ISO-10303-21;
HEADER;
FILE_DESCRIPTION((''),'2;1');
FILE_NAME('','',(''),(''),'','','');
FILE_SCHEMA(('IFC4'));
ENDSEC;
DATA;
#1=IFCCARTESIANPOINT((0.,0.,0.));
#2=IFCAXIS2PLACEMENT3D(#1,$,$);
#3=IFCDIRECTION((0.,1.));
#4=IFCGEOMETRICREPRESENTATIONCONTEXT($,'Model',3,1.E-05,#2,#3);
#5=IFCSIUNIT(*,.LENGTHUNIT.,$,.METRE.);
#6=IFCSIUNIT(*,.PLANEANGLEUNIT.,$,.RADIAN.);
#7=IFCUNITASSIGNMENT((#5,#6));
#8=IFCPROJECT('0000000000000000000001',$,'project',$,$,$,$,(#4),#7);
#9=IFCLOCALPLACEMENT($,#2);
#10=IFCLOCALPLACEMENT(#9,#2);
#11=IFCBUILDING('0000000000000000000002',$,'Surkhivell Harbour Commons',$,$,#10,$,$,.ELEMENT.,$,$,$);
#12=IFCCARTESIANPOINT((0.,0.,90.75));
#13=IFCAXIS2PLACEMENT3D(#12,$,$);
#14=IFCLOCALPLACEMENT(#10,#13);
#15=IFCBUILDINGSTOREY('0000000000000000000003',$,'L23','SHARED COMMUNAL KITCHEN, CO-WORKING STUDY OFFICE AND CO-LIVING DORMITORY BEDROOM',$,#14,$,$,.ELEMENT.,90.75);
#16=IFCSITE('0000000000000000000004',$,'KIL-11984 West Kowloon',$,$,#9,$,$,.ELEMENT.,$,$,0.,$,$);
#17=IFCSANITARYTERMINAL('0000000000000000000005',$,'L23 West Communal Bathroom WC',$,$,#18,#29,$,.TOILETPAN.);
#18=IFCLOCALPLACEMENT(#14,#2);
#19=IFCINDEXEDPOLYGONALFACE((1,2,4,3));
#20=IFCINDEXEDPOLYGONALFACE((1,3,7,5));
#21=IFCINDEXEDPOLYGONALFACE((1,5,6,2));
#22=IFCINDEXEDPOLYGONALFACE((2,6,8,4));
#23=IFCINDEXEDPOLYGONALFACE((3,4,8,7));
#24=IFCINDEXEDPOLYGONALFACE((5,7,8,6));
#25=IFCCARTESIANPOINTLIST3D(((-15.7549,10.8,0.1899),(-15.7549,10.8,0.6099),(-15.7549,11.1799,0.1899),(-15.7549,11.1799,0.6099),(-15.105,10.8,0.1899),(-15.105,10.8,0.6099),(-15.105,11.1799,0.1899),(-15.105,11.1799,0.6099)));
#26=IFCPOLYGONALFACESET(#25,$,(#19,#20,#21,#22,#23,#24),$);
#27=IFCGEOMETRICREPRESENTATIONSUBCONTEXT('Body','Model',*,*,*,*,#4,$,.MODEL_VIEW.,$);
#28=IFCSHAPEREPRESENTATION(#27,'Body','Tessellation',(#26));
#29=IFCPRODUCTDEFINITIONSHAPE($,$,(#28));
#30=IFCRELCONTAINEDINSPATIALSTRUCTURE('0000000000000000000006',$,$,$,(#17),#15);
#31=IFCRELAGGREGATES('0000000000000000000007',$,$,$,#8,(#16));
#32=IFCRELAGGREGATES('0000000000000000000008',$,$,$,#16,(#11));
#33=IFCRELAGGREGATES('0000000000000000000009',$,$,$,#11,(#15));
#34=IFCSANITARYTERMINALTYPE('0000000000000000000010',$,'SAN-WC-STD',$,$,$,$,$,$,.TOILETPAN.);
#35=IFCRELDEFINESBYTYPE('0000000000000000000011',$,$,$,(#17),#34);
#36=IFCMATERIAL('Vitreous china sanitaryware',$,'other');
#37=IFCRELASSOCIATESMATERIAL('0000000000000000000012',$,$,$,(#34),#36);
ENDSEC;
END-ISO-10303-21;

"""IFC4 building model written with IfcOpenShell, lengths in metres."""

from ifc_helpers import new_model, si_unit, direction, frame, origin, origin_2d, place, context, subcontext, project, spatial, rectangle, extrude, material, type_object, element, save


model = new_model("IFC4")

# Units and contexts
model_context = context("Model", 3, precision=1e-05, world=origin(), true_north=direction((0.0, 1.0)))
body_context = subcontext(model_context, "Body", "Model", "MODEL_VIEW")
ifc_project = project(units=[si_unit("LENGTHUNIT", "METRE"), si_unit("PLANEANGLEUNIT", "RADIAN")], contexts=[model_context])

# Site, building, storey
site_placement = place(None, origin())
site = spatial("IfcSite", under=ifc_project, at=site_placement, Name="KIL-11984 West Kowloon", CompositionType="ELEMENT", RefElevation=0.0)
building_placement = place(site_placement, origin())
building = spatial("IfcBuilding", under=site, at=building_placement, Name="Surkhivell Harbour Commons", CompositionType="ELEMENT")
storey_placement = place(building_placement, frame((0.0, 0.0, 90.75)))
storey = spatial("IfcBuildingStorey", under=building, at=storey_placement, Name="L23", Description="SHARED COMMUNAL KITCHEN, CO-WORKING STUDY OFFICE AND CO-LIVING DORMITORY BEDROOM", CompositionType="ELEMENT", Elevation=90.75)

# Sanitary terminal
ifc_material_1 = material(Name="Vitreous china sanitaryware", Category="other")
sanitary_terminal_type_1 = type_object("IfcSanitaryTerminalType", Name="SAN-WC-STD", PredefinedType="TOILETPAN", material=ifc_material_1)
sanitary_terminal_1_placement = place(storey_placement, frame((-15.4299, 10.99, 0.1899), z_axis=(0.0, 0.0, 1.0), x_axis=(1.0, 0.0, 0.0)))
element("IfcSanitaryTerminal", 1, at=sanitary_terminal_1_placement, inside=storey, type_object=sanitary_terminal_type_1, Name="L23 West Communal Bathroom WC", PredefinedType="TOILETPAN", context=body_context, shape_type="SweptSolid", body=[
    extrude(rectangle(XDim=0.6499, YDim=0.3799, at=origin_2d()), origin(), (0.0, 0.0, 1.0), 0.4199),
])

save(model, "model.ifc")
